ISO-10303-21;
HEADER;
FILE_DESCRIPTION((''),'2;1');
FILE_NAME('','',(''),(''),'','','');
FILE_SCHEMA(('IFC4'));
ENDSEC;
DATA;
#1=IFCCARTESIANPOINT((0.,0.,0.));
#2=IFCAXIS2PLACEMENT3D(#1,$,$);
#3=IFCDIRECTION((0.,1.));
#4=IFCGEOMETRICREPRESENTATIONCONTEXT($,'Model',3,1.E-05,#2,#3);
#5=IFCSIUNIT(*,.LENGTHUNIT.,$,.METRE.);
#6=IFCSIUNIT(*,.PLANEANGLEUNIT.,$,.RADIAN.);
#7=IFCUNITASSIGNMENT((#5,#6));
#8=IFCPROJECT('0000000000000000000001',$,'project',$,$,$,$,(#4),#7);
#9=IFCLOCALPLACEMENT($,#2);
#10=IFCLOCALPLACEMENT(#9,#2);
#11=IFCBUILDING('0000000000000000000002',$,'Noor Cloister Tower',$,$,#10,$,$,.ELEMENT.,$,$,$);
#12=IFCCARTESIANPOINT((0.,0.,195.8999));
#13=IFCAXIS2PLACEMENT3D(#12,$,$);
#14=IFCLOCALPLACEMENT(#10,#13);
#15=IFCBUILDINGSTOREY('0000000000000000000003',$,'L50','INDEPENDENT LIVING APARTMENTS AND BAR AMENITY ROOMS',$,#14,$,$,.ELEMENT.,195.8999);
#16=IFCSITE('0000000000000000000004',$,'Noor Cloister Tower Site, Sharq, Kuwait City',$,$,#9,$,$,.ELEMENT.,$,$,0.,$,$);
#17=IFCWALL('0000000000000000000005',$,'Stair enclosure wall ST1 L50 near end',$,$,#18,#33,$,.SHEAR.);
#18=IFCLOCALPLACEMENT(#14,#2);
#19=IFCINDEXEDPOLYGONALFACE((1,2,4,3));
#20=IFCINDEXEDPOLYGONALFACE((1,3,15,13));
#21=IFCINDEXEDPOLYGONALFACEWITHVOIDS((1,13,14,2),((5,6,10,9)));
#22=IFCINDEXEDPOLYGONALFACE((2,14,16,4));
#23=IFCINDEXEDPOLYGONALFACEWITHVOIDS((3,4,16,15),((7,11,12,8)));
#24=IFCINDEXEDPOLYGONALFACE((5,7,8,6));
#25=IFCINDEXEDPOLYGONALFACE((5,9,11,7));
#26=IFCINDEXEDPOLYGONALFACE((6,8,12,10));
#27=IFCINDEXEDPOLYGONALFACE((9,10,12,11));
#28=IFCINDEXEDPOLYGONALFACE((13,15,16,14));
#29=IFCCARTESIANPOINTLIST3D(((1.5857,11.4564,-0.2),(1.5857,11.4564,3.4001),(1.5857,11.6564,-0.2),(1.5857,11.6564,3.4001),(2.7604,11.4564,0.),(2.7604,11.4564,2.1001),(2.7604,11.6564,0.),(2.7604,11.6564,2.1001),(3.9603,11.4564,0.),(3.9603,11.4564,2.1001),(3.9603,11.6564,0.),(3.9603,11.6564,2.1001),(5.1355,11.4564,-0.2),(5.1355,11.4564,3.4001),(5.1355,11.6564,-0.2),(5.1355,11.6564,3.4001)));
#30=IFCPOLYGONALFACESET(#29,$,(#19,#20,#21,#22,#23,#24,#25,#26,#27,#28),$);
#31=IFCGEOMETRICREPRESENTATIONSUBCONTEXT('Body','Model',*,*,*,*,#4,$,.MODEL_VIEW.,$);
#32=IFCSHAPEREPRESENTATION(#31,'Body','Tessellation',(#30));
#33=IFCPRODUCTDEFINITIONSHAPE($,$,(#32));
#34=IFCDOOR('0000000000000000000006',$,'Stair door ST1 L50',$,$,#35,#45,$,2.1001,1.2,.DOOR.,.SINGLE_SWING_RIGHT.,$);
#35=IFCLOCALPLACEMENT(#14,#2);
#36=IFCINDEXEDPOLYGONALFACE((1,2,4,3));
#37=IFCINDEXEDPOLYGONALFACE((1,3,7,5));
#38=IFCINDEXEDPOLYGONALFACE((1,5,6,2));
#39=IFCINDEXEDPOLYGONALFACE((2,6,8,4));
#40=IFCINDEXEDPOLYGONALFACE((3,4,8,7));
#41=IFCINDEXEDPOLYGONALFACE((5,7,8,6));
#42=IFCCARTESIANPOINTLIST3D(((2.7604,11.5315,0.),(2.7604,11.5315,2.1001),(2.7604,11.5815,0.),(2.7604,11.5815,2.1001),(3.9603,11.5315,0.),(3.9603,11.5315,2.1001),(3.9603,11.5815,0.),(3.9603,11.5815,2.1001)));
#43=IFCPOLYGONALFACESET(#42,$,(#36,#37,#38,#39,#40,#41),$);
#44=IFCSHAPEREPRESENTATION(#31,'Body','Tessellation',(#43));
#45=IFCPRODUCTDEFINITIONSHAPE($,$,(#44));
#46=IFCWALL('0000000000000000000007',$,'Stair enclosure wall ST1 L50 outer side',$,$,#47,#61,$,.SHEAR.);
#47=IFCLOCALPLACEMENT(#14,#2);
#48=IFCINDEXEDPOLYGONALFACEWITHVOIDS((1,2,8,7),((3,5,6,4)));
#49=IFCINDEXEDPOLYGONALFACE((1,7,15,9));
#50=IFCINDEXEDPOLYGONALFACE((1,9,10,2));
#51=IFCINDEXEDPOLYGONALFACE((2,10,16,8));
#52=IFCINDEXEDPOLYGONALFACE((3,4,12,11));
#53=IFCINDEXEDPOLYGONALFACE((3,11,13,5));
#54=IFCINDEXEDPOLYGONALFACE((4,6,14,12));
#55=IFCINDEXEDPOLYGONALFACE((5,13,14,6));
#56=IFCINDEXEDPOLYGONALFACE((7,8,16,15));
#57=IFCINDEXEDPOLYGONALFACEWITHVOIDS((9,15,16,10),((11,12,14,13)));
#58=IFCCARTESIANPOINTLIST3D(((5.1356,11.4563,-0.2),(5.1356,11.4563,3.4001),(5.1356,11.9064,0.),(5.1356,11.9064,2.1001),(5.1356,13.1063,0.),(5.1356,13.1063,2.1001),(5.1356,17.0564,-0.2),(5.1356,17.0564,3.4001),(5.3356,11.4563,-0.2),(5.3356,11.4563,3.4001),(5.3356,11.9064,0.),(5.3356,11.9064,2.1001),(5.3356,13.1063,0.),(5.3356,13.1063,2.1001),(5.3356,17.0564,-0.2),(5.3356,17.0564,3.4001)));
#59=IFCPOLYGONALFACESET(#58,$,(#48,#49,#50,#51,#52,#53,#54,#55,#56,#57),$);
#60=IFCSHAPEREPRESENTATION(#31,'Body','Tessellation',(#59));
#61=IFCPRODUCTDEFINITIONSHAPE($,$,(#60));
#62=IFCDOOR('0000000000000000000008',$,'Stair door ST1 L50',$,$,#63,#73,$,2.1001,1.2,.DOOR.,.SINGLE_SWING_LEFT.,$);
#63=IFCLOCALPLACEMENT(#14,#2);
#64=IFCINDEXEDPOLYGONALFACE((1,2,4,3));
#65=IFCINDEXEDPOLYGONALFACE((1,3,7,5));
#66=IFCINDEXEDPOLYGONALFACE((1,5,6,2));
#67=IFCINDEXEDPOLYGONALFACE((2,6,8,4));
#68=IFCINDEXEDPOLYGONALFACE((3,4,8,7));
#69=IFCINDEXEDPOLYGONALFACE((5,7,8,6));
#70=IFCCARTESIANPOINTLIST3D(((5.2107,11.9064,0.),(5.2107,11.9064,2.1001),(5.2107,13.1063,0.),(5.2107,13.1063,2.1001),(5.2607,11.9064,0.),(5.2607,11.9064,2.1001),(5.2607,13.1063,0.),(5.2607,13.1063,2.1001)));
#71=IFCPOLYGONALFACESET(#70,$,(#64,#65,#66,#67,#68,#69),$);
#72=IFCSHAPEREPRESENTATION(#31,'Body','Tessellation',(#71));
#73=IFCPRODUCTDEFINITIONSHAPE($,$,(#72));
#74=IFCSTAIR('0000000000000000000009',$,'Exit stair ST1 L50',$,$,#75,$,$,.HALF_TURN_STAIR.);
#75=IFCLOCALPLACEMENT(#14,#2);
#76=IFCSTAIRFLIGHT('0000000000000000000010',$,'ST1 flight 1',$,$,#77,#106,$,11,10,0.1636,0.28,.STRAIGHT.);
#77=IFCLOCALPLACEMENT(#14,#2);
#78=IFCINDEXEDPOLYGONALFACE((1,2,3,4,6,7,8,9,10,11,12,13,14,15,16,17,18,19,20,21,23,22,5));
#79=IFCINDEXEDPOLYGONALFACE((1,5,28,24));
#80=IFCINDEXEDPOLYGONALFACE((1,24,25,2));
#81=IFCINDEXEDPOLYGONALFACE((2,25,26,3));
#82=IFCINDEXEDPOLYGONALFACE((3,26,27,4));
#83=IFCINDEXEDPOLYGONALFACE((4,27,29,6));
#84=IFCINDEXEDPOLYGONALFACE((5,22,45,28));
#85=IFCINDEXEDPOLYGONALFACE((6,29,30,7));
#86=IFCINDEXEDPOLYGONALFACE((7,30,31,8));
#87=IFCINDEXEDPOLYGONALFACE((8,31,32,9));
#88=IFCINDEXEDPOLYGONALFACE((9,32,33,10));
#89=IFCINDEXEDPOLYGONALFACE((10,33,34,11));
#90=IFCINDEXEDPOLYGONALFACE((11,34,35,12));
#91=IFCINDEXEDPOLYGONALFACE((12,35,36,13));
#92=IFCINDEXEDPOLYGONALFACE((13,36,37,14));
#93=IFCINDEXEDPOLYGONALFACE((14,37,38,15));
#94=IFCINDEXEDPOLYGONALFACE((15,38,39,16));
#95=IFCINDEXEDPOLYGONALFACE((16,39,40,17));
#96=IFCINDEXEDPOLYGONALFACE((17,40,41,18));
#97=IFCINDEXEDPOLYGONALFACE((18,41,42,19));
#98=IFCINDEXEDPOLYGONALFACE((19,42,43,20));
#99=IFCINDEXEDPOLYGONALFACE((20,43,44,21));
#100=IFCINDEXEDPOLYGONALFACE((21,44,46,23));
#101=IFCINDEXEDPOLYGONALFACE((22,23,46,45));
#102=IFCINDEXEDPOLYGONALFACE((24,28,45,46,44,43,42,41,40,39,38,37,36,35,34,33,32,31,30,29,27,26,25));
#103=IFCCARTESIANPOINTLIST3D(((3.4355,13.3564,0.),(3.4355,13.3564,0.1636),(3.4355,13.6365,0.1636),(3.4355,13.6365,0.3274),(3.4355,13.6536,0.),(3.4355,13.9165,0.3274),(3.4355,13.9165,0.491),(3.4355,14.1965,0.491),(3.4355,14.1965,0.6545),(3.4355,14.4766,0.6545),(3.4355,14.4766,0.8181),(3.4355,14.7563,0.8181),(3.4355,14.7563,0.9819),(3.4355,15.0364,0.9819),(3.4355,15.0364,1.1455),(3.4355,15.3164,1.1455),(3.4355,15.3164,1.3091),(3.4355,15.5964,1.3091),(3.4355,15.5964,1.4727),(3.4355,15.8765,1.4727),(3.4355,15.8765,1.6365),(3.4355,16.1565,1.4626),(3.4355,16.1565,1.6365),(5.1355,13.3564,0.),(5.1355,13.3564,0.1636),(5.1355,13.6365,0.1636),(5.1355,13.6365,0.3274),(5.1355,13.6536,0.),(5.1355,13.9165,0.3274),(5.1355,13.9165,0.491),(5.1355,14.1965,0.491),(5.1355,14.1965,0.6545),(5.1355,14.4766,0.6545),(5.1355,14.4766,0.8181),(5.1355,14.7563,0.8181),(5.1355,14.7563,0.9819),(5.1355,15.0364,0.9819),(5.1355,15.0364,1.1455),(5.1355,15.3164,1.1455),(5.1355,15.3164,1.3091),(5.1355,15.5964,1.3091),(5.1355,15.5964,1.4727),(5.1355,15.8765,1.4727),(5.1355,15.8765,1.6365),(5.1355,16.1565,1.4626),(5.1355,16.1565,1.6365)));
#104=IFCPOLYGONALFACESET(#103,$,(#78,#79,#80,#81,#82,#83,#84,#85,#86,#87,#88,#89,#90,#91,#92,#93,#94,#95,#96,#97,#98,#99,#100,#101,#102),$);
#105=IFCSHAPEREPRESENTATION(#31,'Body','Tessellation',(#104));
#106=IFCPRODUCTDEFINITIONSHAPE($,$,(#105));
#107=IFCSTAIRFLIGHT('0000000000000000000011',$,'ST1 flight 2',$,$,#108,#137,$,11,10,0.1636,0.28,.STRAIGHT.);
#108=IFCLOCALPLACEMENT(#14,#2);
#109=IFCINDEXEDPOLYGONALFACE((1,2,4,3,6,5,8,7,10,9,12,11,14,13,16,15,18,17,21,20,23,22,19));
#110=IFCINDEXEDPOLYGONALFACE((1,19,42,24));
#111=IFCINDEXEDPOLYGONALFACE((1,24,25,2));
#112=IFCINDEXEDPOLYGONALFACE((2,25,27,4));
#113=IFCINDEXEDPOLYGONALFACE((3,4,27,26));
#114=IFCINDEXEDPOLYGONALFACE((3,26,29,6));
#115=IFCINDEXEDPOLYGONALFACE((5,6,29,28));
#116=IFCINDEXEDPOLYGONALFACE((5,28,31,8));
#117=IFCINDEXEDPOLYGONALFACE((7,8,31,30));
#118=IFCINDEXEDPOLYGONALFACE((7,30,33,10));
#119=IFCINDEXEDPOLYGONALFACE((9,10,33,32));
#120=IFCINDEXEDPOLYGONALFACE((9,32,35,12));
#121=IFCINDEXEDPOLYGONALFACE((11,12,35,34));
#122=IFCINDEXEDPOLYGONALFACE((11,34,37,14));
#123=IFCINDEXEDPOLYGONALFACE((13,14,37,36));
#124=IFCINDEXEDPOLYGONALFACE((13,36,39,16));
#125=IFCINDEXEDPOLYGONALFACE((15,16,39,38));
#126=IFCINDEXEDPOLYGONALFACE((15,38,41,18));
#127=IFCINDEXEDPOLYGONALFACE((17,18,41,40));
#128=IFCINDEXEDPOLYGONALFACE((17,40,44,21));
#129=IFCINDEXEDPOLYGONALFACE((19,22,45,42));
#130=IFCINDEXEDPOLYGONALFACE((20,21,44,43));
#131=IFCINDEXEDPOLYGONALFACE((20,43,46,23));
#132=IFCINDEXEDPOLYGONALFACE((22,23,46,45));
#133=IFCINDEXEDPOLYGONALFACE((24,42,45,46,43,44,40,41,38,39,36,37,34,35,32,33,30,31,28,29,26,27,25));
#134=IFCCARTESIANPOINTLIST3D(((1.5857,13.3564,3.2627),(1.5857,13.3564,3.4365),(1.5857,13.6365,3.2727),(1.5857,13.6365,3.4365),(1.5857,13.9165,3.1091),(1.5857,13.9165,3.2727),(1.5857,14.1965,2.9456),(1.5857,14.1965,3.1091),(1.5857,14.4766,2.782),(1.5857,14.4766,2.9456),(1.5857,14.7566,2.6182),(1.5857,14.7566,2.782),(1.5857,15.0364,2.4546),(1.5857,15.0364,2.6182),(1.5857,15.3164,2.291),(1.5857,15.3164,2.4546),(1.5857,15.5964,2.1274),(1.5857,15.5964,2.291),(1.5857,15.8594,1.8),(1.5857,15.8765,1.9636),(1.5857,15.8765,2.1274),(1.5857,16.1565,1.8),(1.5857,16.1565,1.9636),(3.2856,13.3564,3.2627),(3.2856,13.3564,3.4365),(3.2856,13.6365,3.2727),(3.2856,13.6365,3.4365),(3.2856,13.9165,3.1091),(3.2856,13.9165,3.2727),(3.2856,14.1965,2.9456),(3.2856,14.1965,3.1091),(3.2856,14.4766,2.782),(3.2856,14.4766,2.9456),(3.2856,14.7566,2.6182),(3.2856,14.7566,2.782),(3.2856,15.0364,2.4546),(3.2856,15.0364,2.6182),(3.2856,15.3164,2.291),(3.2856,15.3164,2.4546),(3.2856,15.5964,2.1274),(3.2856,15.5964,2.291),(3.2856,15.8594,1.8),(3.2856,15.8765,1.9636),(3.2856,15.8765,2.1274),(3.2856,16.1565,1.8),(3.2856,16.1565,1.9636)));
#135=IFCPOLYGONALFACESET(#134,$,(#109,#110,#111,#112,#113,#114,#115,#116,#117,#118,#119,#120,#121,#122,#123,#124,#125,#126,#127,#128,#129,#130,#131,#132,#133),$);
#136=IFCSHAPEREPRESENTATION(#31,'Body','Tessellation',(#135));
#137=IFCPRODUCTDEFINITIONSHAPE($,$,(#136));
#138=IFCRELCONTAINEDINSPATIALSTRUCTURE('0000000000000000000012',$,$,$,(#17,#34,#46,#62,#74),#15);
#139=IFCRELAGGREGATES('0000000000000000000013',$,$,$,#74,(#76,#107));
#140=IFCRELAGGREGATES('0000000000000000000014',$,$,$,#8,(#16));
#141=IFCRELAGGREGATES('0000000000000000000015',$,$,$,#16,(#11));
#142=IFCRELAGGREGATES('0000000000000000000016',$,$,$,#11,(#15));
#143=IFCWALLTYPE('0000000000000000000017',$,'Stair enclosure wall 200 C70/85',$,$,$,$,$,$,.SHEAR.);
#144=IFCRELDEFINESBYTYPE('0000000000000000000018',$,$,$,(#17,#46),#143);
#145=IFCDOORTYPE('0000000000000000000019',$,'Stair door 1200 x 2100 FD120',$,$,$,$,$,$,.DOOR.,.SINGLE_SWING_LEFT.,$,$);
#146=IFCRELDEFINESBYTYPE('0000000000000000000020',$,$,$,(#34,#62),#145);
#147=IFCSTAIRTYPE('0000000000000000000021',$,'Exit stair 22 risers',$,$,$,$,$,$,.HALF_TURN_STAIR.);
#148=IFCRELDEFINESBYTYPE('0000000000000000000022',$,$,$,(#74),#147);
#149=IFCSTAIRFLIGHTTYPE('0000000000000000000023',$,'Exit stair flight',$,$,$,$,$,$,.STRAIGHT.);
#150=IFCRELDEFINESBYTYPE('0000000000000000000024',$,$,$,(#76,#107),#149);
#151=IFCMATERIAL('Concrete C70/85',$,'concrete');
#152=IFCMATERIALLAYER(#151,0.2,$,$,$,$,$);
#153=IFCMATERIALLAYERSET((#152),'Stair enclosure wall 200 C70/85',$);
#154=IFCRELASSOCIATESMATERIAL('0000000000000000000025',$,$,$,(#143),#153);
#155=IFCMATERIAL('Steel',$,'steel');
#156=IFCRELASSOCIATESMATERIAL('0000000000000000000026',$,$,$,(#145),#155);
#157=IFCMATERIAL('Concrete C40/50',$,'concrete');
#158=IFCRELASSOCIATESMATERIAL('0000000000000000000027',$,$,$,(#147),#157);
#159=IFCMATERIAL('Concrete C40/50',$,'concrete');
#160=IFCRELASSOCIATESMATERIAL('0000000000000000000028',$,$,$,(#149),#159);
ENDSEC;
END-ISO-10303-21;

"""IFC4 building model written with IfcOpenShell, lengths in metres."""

from ifc_helpers import new_model, si_unit, direction, frame, frame_2d, origin, place, context, subcontext, project, spatial, polyline, rectangle, outline, extrude, material, layer, layer_set, type_object, element, fill, aggregate, save


model = new_model("IFC4")

# Units and contexts
model_context = context("Model", 3, precision=1e-05, world=origin(), true_north=direction((0.0, 1.0)))
body_context = subcontext(model_context, "Body", "Model", "MODEL_VIEW")
ifc_project = project(units=[si_unit("LENGTHUNIT", "METRE"), si_unit("PLANEANGLEUNIT", "RADIAN")], contexts=[model_context])

# Site, building, storey
site_placement = place(None, origin())
site = spatial("IfcSite", under=ifc_project, at=site_placement, Name="Noor Cloister Tower Site, Sharq, Kuwait City", CompositionType="ELEMENT", RefElevation=0.0)
building_placement = place(site_placement, origin())
building = spatial("IfcBuilding", under=site, at=building_placement, Name="Noor Cloister Tower", CompositionType="ELEMENT")
storey_placement = place(building_placement, frame((0.0, 0.0, 195.8999)))
storey = spatial("IfcBuildingStorey", under=building, at=storey_placement, Name="L50", Description="INDEPENDENT LIVING APARTMENTS AND BAR AMENITY ROOMS", CompositionType="ELEMENT", Elevation=195.8999)

# Walls, openings, doors
ifc_material_1 = material(Name="Concrete C70/85", Category="concrete")
ifc_layer_1 = layer(ifc_material_1, 0.2)
ifc_layer_set_1 = layer_set([ifc_layer_1], Name="Stair enclosure wall 200 C70/85")
wall_type_1 = type_object("IfcWallType", Name="Stair enclosure wall 200 C70/85", PredefinedType="SHEAR", material=ifc_layer_set_1)
wall_1_placement = place(storey_placement, frame((5.1355, 11.5564, -0.2), z_axis=(0.0, 0.0, 1.0), x_axis=(-1.0, 0.0, 0.0)))
wall_1 = element("IfcWall", 1, at=wall_1_placement, inside=storey, type_object=wall_type_1, Name="Stair enclosure wall ST1 L50 near end", PredefinedType="SHEAR", context=body_context, shape_type="SweptSolid", body=[
    extrude(rectangle(XDim=3.5498, YDim=0.2, at=frame_2d((1.7749, 0.0))), origin(), (0.0, 0.0, 1.0), 3.6001),
])
opening_1_placement = place(wall_1_placement, frame((1.175, 0.0, 0.2)))
opening_1 = element("IfcOpeningElement", 2, at=opening_1_placement, cuts=wall_1, PredefinedType="OPENING", context=body_context, shape_type="SweptSolid", body=[
    extrude(rectangle(XDim=1.2, YDim=2.1001, at=frame_2d((0.6001, 1.05))), frame((0.0, 0.1099, 0.0), z_axis=(0.0, -1.0, 0.0), x_axis=(1.0, 0.0, 0.0)), (0.0, 0.0, 1.0), 0.22),
])
ifc_material_2 = material(Name="Steel", Category="steel")
door_type_1 = type_object("IfcDoorType", Name="Stair door 1200 x 2100 FD120", OperationType="SINGLE_SWING_LEFT", PredefinedType="DOOR", material=ifc_material_2)
door_1_placement = place(opening_1_placement, origin())
door_1 = element("IfcDoor", 3, at=door_1_placement, inside=storey, type_object=door_type_1, Name="Stair door ST1 L50", OperationType="SINGLE_SWING_RIGHT", OverallHeight=2.1001, OverallWidth=1.2, PredefinedType="DOOR", context=body_context, shape_type="SweptSolid", body=[
    extrude(rectangle(XDim=1.2, YDim=2.1001, at=frame_2d((0.6001, 1.05))), frame((0.0, 0.0249, 0.0), z_axis=(0.0, -1.0, 0.0), x_axis=(1.0, 0.0, 0.0)), (0.0, 0.0, 1.0), 0.05),
])
fill(opening_1, door_1)
wall_2_placement = place(storey_placement, frame((5.2356, 11.4563, -0.2), z_axis=(0.0, 0.0, 1.0), x_axis=(0.0, 1.0, 0.0)))
wall_2 = element("IfcWall", 4, at=wall_2_placement, inside=storey, type_object=wall_type_1, Name="Stair enclosure wall ST1 L50 outer side", PredefinedType="SHEAR", context=body_context, shape_type="SweptSolid", body=[
    extrude(rectangle(XDim=5.6001, YDim=0.2, at=frame_2d((2.8, 0.0))), origin(), (0.0, 0.0, 1.0), 3.6001),
])
opening_2_placement = place(wall_2_placement, frame((0.45, 0.0, 0.2)))
opening_2 = element("IfcOpeningElement", 5, at=opening_2_placement, cuts=wall_2, PredefinedType="OPENING", context=body_context, shape_type="SweptSolid", body=[
    extrude(rectangle(XDim=1.2, YDim=2.1001, at=frame_2d((0.6001, 1.05))), frame((0.0, 0.1099, 0.0), z_axis=(0.0, -1.0, 0.0), x_axis=(1.0, 0.0, 0.0)), (0.0, 0.0, 1.0), 0.22),
])
door_2_placement = place(opening_2_placement, origin())
door_2 = element("IfcDoor", 6, at=door_2_placement, inside=storey, type_object=door_type_1, Name="Stair door ST1 L50", OperationType="SINGLE_SWING_LEFT", OverallHeight=2.1001, OverallWidth=1.2, PredefinedType="DOOR", context=body_context, shape_type="SweptSolid", body=[
    extrude(rectangle(XDim=1.2, YDim=2.1001, at=frame_2d((0.6001, 1.05))), frame((0.0, 0.0249, 0.0), z_axis=(0.0, -1.0, 0.0), x_axis=(1.0, 0.0, 0.0)), (0.0, 0.0, 1.0), 0.05),
])
fill(opening_2, door_2)

# Stair, stair flights
ifc_material_3 = material(Name="Concrete C40/50", Category="concrete")
stair_type = type_object("IfcStairType", Name="Exit stair 22 risers", PredefinedType="HALF_TURN_STAIR", material=ifc_material_3)
stair_placement = place(storey_placement, origin())
stair = element("IfcStair", 7, at=stair_placement, inside=storey, type_object=stair_type, Name="Exit stair ST1 L50", PredefinedType="HALF_TURN_STAIR")
ifc_material_4 = material(Name="Concrete C40/50", Category="concrete")
stair_flight_type = type_object("IfcStairFlightType", Name="Exit stair flight", PredefinedType="STRAIGHT", material=ifc_material_4)
stair_flight_1_placement = place(storey_placement, frame((4.2856, 13.3564, 0.0), z_axis=(0.0, 0.0, 1.0), x_axis=(0.0, 1.0, 0.0)))
stair_flight_1 = element("IfcStairFlight", 8, at=stair_flight_1_placement, type_object=stair_flight_type, Name="ST1 flight 1", NumberOfRisers=11, NumberOfTreads=10, PredefinedType="STRAIGHT", RiserHeight=0.1636, TreadLength=0.28, context=body_context, shape_type="SweptSolid", body=[
    extrude(outline(polyline([(0.0, 0.0), (0.0, 0.1636), (0.28, 0.1636), (0.28, 0.3274), (0.5601, 0.3274), (0.5601, 0.491), (0.8401, 0.491), (0.8401, 0.6545), (1.1201, 0.6545), (1.1201, 0.8181), (1.3999, 0.8181), (1.3999, 0.9819), (1.6799, 0.9819), (1.6799, 1.1455), (1.96, 1.1455), (1.96, 1.3091), (2.24, 1.3091), (2.24, 1.4727), (2.52, 1.4727), (2.52, 1.6365), (2.8, 1.6365), (2.8, 1.8), (2.8, 1.4626), (0.2971, 0.0), (0.0, 0.0)])), frame((0.0, 0.8501, 0.0), z_axis=(0.0, -1.0, 0.0), x_axis=(1.0, 0.0, 0.0)), (0.0, 0.0, 1.0), 1.7),
])
stair_flight_2_placement = place(storey_placement, frame((2.4355, 16.1565, 1.8), z_axis=(0.0, 0.0, 1.0), x_axis=(0.0, -1.0, 0.0)))
stair_flight_2 = element("IfcStairFlight", 9, at=stair_flight_2_placement, type_object=stair_flight_type, Name="ST1 flight 2", NumberOfRisers=11, NumberOfTreads=10, PredefinedType="STRAIGHT", RiserHeight=0.1636, TreadLength=0.28, context=body_context, shape_type="SweptSolid", body=[
    extrude(outline(polyline([(0.0, 0.0), (0.0, 0.1636), (0.28, 0.1636), (0.28, 0.3274), (0.5601, 0.3274), (0.5601, 0.491), (0.8401, 0.491), (0.8401, 0.6545), (1.1201, 0.6545), (1.1201, 0.8181), (1.3999, 0.8181), (1.3999, 0.9819), (1.6799, 0.9819), (1.6799, 1.1455), (1.96, 1.1455), (1.96, 1.3091), (2.24, 1.3091), (2.24, 1.4727), (2.52, 1.4727), (2.52, 1.6365), (2.8, 1.6365), (2.8, 1.8), (2.8, 1.4626), (0.2971, 0.0), (0.0, 0.0)])), frame((0.0, 0.8501, 0.0), z_axis=(0.0, -1.0, 0.0), x_axis=(1.0, 0.0, 0.0)), (0.0, 0.0, 1.0), 1.7),
])
aggregate(stair, [stair_flight_1, stair_flight_2])

save(model, "model.ifc")
